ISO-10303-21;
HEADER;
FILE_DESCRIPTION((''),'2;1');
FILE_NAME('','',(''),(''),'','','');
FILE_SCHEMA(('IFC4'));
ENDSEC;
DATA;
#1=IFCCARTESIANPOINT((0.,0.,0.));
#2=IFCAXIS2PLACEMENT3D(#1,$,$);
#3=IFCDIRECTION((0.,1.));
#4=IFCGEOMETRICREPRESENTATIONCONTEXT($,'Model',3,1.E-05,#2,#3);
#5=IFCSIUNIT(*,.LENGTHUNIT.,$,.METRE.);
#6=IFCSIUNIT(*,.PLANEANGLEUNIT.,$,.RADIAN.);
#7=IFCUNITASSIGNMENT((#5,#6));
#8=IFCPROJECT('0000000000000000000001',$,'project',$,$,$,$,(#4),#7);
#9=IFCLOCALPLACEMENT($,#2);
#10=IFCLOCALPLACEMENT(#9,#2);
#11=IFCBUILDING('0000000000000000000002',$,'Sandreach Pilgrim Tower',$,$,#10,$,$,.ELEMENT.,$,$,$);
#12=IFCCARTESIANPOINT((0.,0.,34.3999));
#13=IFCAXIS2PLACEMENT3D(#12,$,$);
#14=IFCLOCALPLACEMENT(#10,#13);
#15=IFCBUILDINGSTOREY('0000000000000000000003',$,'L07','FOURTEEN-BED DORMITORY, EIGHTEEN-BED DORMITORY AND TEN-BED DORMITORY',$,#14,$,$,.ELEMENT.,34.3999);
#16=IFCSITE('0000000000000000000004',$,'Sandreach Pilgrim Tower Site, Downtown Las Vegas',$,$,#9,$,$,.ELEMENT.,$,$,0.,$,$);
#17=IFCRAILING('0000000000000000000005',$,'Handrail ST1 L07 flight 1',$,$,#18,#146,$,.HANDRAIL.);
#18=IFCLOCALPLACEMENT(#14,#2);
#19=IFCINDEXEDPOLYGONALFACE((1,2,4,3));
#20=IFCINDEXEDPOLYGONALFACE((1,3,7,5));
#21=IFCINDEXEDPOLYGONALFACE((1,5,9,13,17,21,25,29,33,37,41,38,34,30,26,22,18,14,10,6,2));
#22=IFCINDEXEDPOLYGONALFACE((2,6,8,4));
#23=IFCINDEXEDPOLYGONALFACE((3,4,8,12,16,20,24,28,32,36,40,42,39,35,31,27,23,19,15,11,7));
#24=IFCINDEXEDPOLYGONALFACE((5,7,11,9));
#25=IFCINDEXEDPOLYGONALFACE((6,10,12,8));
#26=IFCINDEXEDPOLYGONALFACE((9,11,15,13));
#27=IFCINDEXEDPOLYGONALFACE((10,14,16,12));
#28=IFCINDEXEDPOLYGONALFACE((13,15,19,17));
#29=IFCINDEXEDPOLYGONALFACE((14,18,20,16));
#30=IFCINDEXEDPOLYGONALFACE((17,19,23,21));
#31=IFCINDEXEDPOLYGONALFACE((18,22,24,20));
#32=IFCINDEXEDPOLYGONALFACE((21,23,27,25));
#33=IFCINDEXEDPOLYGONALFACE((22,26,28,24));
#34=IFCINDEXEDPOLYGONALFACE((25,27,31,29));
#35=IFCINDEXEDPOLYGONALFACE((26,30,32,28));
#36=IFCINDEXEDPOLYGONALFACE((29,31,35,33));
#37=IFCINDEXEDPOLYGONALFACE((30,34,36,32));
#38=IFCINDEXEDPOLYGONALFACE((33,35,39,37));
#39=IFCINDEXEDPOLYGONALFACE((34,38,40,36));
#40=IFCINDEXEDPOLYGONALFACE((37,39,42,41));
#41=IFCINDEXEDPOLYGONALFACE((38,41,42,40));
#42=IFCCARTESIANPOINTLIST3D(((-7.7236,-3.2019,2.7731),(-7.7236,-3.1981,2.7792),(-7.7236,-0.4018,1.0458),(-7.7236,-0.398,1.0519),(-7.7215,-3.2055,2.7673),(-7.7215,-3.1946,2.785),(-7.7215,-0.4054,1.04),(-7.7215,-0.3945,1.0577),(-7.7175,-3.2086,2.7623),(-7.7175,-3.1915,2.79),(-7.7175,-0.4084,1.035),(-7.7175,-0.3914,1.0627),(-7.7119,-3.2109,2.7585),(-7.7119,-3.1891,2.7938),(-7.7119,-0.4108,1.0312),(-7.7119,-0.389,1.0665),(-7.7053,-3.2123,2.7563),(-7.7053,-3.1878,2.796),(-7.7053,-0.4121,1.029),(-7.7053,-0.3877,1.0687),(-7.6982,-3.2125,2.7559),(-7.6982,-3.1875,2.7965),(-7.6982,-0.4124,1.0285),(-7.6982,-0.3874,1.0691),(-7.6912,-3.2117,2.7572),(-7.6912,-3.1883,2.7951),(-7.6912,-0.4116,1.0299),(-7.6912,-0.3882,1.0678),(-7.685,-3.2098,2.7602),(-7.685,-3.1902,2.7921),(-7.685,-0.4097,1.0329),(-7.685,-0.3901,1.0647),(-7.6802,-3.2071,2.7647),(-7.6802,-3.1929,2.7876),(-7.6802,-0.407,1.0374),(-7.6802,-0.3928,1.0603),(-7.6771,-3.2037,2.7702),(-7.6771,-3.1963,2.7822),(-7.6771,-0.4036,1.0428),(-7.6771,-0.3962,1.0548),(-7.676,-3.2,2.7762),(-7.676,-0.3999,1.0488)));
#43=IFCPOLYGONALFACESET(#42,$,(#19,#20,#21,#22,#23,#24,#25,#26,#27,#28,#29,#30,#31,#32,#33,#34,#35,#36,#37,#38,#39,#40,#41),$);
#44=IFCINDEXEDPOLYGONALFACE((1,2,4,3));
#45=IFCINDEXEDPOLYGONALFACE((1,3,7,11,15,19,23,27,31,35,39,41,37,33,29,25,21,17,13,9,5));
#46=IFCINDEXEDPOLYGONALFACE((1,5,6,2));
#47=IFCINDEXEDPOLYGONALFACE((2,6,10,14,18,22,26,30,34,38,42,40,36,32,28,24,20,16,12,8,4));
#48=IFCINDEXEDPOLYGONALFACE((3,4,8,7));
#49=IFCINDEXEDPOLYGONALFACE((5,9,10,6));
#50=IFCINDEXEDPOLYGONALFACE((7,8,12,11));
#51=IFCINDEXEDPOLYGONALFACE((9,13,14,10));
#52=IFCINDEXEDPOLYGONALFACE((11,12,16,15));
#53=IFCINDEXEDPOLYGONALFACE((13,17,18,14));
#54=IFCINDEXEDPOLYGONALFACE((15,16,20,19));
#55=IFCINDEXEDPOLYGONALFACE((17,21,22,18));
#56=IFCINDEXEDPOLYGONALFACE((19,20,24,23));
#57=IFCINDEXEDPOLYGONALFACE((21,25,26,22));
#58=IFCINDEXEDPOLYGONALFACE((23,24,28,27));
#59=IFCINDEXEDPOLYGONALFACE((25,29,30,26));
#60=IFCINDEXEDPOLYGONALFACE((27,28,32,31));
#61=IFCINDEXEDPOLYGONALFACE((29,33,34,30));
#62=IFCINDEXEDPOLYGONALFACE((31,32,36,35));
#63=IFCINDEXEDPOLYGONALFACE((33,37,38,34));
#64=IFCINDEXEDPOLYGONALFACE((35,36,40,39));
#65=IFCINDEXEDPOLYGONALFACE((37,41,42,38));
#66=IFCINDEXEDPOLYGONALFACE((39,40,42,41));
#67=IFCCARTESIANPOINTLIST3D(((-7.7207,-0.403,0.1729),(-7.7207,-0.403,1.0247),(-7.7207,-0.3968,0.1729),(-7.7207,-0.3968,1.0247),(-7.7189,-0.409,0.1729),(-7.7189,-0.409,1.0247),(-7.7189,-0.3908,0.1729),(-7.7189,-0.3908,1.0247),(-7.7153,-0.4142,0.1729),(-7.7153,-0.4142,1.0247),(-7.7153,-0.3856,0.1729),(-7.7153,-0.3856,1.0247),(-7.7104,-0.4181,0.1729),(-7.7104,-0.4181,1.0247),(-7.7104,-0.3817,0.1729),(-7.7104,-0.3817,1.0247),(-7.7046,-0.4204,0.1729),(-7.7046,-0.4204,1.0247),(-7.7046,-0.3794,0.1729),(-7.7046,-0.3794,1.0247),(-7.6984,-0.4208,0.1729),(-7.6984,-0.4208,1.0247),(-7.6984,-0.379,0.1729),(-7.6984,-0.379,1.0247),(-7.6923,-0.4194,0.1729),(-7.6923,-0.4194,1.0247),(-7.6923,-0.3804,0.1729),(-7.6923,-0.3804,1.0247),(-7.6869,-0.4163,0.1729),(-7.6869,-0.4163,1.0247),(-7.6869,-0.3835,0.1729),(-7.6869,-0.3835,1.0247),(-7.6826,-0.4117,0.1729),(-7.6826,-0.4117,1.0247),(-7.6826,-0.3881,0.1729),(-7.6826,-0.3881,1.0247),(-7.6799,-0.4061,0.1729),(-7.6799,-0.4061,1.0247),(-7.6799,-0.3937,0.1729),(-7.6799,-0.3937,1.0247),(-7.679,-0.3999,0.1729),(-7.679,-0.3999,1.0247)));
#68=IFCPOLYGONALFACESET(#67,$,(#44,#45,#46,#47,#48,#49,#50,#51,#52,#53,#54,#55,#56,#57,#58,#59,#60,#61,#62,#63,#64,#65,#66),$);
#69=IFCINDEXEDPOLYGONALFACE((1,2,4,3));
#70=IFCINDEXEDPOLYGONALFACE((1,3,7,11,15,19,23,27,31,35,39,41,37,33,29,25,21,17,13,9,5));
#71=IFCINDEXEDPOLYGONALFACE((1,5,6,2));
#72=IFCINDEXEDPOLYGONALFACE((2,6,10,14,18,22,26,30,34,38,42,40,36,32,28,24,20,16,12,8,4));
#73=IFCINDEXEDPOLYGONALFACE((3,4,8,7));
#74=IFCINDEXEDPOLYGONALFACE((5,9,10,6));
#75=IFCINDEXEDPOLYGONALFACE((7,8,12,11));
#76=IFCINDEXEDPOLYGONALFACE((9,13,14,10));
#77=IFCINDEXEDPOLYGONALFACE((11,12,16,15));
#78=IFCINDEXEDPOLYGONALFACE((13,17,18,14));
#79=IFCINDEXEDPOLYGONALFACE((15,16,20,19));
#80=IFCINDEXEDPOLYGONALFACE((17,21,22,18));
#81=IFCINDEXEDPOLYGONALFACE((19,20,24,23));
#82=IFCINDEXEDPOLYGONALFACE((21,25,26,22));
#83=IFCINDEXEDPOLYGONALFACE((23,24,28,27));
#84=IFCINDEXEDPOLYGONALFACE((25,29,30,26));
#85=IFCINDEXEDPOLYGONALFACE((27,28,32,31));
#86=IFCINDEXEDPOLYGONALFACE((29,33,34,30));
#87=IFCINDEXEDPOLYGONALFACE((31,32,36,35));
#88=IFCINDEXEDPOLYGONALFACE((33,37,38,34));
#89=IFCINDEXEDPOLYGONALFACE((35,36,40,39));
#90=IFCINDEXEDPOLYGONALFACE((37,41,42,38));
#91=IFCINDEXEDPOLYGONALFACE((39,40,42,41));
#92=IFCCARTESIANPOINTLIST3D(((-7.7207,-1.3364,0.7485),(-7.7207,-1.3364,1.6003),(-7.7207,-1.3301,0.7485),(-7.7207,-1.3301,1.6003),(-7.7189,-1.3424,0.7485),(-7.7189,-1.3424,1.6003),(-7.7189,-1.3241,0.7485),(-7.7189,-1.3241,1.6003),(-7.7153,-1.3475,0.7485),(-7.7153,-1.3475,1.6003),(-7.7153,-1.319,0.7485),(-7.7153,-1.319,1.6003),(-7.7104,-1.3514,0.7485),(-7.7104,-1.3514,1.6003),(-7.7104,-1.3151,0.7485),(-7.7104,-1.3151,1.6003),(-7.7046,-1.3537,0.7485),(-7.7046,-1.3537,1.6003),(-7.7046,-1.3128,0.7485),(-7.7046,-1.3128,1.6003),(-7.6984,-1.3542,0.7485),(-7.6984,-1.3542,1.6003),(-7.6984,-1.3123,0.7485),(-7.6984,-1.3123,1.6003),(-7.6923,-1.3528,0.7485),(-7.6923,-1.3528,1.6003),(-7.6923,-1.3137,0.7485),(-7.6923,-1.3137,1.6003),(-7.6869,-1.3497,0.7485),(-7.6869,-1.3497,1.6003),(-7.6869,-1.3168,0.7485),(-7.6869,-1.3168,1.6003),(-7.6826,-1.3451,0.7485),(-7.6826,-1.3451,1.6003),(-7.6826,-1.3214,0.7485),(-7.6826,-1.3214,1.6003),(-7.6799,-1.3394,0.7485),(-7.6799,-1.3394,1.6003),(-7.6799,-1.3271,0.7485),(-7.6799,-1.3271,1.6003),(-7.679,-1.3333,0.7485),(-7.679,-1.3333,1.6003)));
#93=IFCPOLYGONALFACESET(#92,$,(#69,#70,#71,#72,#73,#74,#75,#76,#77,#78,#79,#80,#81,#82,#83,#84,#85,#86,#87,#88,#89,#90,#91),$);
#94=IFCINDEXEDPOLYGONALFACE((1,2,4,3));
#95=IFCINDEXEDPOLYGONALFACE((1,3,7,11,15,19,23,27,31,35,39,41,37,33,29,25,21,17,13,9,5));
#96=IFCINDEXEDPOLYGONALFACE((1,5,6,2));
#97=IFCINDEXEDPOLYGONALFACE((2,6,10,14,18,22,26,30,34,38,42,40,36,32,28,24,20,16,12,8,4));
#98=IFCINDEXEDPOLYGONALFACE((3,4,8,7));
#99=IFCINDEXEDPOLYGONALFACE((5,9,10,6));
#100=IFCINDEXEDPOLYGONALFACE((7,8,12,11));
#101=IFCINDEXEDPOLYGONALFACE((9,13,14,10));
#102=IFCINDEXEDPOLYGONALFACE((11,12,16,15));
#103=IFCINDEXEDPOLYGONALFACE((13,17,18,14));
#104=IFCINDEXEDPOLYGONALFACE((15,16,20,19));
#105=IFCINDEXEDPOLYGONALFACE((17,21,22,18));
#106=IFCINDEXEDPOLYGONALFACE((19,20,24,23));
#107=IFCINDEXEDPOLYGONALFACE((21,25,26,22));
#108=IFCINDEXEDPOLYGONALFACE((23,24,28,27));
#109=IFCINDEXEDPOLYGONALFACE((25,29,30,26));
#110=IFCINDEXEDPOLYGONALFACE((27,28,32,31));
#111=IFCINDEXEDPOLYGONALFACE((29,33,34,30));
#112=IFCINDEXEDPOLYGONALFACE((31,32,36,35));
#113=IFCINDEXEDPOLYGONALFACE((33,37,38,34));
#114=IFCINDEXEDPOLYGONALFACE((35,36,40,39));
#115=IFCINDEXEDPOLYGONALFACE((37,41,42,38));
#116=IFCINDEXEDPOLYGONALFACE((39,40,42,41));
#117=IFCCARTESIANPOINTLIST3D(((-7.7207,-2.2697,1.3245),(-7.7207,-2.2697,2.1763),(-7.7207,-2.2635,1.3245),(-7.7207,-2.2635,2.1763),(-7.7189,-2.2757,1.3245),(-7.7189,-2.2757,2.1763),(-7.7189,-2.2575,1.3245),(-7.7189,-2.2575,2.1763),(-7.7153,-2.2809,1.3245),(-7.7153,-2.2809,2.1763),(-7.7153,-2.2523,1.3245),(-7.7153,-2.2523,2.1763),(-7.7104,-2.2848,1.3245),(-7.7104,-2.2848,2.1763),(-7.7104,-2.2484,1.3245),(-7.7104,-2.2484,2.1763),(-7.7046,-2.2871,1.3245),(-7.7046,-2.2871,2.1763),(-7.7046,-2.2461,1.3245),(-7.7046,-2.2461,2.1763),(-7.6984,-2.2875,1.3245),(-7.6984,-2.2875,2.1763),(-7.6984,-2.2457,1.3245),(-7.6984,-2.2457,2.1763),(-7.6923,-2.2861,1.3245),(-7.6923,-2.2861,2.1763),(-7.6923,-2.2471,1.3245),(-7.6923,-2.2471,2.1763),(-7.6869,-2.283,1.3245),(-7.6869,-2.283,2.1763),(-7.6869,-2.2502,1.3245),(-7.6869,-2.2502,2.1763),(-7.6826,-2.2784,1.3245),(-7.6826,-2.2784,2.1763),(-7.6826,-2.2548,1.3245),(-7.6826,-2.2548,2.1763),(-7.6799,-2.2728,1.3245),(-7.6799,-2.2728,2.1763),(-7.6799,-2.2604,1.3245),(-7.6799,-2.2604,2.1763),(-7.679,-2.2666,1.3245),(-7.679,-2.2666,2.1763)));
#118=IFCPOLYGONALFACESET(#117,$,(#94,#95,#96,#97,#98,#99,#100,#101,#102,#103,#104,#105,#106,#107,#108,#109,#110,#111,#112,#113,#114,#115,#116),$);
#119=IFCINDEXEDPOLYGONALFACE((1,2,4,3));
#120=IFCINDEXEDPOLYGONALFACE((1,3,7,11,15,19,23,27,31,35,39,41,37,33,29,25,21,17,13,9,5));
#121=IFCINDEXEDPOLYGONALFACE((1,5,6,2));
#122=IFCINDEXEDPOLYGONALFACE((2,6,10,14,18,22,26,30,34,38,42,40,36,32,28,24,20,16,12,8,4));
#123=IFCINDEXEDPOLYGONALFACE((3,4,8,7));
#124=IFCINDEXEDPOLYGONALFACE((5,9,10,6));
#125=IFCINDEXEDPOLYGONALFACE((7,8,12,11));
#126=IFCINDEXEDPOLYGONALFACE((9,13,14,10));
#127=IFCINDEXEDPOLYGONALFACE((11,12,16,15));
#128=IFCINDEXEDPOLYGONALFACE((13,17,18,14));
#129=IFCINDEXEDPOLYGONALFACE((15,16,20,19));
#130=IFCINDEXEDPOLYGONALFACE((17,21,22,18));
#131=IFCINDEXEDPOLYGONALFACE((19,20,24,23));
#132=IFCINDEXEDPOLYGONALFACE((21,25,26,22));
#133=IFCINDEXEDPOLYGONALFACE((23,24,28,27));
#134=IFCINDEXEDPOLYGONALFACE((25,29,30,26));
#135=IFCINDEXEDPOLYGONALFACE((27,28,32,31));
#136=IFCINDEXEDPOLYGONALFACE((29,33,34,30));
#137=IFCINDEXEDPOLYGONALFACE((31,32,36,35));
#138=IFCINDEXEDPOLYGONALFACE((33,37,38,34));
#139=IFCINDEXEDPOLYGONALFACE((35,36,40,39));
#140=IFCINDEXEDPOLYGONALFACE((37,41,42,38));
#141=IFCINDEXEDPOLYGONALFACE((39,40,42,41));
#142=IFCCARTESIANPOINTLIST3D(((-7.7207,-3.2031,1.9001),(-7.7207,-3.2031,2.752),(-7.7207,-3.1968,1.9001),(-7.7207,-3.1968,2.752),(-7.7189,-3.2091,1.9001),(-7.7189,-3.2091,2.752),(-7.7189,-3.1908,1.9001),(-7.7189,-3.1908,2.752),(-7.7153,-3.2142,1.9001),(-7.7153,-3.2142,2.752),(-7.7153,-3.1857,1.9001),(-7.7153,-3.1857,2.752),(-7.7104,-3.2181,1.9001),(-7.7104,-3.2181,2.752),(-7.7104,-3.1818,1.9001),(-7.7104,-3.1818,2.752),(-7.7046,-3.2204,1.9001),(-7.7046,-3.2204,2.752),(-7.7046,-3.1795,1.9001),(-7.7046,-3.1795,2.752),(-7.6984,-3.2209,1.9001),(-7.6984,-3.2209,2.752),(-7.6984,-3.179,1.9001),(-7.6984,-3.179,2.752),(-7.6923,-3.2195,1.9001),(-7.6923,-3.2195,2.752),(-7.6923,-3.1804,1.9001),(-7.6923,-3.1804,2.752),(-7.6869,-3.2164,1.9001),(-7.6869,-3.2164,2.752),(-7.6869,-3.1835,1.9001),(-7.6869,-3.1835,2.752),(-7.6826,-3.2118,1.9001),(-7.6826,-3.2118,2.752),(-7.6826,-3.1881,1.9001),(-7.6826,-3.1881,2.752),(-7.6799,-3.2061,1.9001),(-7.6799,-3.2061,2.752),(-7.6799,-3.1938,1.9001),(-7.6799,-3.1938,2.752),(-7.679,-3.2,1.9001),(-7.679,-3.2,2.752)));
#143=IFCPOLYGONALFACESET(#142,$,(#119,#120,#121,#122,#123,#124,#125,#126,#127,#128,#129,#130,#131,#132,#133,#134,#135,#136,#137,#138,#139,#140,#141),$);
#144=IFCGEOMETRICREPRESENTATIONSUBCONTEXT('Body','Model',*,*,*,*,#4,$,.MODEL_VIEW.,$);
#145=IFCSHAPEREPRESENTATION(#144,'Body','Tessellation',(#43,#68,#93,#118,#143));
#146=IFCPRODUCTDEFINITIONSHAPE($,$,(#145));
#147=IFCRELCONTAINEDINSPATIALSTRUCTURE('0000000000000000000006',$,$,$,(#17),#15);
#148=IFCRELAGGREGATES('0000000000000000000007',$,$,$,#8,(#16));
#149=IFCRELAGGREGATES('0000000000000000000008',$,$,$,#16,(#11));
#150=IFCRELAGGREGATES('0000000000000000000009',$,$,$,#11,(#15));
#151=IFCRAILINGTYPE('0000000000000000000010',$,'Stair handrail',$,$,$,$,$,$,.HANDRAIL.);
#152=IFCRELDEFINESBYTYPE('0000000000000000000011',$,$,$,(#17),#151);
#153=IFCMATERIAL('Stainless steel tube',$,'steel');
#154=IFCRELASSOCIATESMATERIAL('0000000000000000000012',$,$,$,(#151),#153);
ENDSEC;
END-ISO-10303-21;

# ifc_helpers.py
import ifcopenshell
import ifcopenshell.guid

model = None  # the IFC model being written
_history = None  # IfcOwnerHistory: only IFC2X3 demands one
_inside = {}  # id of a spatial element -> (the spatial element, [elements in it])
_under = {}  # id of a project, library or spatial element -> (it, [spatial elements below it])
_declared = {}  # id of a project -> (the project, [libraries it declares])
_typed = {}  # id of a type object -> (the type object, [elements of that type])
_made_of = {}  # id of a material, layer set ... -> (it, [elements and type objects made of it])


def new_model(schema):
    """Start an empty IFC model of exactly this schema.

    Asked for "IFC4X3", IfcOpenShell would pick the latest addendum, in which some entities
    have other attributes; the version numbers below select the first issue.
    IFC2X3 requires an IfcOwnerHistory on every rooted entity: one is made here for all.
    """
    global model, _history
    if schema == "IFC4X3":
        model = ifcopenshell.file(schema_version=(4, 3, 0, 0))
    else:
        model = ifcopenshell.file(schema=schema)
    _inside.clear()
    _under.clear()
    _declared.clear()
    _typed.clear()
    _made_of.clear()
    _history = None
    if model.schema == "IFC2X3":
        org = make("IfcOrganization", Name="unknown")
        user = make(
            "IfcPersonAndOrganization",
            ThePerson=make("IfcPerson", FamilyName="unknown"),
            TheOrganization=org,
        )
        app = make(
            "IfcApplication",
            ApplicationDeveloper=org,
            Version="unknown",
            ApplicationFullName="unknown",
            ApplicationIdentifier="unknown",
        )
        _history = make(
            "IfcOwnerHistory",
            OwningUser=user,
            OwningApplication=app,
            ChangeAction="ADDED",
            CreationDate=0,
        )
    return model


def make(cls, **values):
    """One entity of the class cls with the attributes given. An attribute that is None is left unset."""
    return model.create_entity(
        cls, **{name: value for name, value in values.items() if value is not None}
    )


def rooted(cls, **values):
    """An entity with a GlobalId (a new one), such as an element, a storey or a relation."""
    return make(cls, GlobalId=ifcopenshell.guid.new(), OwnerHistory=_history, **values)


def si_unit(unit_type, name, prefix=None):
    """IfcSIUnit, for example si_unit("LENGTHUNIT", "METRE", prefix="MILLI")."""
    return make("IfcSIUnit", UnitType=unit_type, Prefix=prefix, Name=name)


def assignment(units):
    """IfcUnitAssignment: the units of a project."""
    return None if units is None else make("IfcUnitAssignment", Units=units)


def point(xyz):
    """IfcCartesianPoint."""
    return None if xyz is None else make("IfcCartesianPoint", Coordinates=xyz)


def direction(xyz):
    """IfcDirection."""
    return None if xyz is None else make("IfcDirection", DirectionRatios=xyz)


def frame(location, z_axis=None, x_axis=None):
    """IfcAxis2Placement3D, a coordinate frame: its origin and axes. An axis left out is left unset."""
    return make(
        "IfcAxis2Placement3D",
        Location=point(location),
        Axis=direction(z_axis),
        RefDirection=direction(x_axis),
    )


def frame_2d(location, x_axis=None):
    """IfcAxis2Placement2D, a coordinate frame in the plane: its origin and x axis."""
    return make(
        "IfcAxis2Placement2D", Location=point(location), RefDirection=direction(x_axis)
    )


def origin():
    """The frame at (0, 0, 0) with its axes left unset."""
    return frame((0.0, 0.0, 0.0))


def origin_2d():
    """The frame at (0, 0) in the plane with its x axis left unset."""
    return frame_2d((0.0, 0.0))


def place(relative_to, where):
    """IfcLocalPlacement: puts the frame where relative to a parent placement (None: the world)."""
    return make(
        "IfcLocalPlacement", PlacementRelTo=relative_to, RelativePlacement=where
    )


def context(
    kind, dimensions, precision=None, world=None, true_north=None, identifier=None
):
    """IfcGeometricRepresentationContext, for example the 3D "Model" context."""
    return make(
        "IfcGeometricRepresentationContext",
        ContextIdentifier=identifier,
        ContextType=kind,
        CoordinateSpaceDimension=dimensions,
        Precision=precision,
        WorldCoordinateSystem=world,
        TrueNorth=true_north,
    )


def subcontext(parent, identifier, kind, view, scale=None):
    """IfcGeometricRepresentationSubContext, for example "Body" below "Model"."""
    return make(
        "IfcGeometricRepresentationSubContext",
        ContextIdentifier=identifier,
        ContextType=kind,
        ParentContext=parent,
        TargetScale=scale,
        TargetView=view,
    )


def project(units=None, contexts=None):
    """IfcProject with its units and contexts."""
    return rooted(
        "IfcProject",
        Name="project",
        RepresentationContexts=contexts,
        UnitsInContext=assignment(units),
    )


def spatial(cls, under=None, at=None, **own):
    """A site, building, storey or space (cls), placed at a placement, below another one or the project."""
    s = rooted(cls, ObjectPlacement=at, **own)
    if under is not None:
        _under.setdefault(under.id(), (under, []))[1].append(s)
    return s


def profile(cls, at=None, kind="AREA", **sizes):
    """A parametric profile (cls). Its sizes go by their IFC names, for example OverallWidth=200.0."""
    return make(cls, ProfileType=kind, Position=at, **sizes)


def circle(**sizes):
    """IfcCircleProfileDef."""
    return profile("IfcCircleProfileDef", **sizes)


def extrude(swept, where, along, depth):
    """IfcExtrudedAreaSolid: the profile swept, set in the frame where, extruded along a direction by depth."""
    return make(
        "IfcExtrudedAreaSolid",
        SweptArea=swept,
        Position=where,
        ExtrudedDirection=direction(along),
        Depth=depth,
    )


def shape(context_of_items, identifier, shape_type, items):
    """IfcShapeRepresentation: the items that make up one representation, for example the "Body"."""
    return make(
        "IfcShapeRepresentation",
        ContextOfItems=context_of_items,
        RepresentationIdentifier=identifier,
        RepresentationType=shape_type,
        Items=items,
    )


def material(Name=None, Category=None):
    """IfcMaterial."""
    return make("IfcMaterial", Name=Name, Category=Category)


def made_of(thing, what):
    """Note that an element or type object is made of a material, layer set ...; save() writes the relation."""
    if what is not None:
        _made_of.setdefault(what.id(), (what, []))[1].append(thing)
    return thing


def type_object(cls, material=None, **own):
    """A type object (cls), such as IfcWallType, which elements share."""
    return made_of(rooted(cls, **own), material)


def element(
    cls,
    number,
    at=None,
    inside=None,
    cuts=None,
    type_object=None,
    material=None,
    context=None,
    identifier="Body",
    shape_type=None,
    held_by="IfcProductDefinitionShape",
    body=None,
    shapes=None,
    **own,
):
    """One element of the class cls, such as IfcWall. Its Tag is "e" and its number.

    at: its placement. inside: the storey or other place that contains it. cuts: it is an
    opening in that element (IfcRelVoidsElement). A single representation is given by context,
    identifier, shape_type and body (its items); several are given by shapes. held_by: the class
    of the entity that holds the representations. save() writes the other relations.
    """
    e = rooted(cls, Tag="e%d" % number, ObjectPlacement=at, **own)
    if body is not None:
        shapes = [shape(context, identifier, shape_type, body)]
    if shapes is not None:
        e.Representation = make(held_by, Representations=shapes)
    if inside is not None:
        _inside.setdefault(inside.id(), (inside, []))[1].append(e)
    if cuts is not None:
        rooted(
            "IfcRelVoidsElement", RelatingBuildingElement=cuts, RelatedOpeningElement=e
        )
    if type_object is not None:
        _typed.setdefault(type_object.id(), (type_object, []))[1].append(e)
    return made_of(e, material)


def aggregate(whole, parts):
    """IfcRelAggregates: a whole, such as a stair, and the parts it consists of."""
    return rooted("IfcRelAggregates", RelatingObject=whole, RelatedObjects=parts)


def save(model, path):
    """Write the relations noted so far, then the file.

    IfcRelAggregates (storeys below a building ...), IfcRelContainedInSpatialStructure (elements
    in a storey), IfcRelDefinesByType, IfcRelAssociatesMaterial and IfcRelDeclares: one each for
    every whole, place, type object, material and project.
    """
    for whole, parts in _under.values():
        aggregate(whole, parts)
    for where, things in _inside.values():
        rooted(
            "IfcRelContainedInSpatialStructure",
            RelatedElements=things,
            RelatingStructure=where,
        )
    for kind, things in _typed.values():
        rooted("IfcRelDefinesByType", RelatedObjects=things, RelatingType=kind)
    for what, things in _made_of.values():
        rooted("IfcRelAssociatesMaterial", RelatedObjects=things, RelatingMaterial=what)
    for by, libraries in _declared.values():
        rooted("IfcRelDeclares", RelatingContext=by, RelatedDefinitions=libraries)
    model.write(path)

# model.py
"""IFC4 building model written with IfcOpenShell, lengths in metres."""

from ifc_helpers import new_model, si_unit, direction, frame, origin, origin_2d, place, context, subcontext, project, spatial, circle, extrude, material, type_object, element, save


model = new_model("IFC4")

# Units and contexts
model_context = context("Model", 3, precision=1e-05, world=origin(), true_north=direction((0.0, 1.0)))
body_context = subcontext(model_context, "Body", "Model", "MODEL_VIEW")
ifc_project = project(units=[si_unit("LENGTHUNIT", "METRE"), si_unit("PLANEANGLEUNIT", "RADIAN")], contexts=[model_context])

# Site, building, storey
site_placement = place(None, origin())
site = spatial("IfcSite", under=ifc_project, at=site_placement, Name="Sandreach Pilgrim Tower Site, Downtown Las Vegas", CompositionType="ELEMENT", RefElevation=0.0)
building_placement = place(site_placement, origin())
building = spatial("IfcBuilding", under=site, at=building_placement, Name="Sandreach Pilgrim Tower", CompositionType="ELEMENT")
storey_placement = place(building_placement, frame((0.0, 0.0, 34.3999)))
storey = spatial("IfcBuildingStorey", under=building, at=storey_placement, Name="L07", Description="FOURTEEN-BED DORMITORY, EIGHTEEN-BED DORMITORY AND TEN-BED DORMITORY", CompositionType="ELEMENT", Elevation=34.3999)

# Railing
ifc_material_1 = material(Name="Stainless steel tube", Category="steel")
railing_type = type_object("IfcRailingType", Name="Stair handrail", PredefinedType="HANDRAIL", material=ifc_material_1)
railing_placement = place(storey_placement, frame((-7.7, -0.3999, 0.1729)))
element("IfcRailing", 1, at=railing_placement, inside=storey, type_object=railing_type, Name="Handrail ST1 L07 flight 1", PredefinedType="HANDRAIL", context=body_context, shape_type="SweptSolid", body=[
    extrude(circle(Radius=0.0239, at=origin_2d()), frame((0.0, 0.0, 0.876), z_axis=(0.0, -0.85109, 0.52502), x_axis=(1.0, 0.0, 0.0)), (0.0, 0.0, 1.0), 3.29),
    extrude(circle(Radius=0.021, at=origin_2d()), origin(), (0.0, 0.0, 1.0), 0.8518),
    extrude(circle(Radius=0.021, at=origin_2d()), frame((0.0, -0.9333, 0.5757)), (0.0, 0.0, 1.0), 0.8518),
    extrude(circle(Radius=0.021, at=origin_2d()), frame((0.0, -1.8667, 1.1516)), (0.0, 0.0, 1.0), 0.8518),
    extrude(circle(Radius=0.021, at=origin_2d()), frame((0.0, -2.8, 1.7273)), (0.0, 0.0, 1.0), 0.8518),
])

save(model, "model.ifc")
